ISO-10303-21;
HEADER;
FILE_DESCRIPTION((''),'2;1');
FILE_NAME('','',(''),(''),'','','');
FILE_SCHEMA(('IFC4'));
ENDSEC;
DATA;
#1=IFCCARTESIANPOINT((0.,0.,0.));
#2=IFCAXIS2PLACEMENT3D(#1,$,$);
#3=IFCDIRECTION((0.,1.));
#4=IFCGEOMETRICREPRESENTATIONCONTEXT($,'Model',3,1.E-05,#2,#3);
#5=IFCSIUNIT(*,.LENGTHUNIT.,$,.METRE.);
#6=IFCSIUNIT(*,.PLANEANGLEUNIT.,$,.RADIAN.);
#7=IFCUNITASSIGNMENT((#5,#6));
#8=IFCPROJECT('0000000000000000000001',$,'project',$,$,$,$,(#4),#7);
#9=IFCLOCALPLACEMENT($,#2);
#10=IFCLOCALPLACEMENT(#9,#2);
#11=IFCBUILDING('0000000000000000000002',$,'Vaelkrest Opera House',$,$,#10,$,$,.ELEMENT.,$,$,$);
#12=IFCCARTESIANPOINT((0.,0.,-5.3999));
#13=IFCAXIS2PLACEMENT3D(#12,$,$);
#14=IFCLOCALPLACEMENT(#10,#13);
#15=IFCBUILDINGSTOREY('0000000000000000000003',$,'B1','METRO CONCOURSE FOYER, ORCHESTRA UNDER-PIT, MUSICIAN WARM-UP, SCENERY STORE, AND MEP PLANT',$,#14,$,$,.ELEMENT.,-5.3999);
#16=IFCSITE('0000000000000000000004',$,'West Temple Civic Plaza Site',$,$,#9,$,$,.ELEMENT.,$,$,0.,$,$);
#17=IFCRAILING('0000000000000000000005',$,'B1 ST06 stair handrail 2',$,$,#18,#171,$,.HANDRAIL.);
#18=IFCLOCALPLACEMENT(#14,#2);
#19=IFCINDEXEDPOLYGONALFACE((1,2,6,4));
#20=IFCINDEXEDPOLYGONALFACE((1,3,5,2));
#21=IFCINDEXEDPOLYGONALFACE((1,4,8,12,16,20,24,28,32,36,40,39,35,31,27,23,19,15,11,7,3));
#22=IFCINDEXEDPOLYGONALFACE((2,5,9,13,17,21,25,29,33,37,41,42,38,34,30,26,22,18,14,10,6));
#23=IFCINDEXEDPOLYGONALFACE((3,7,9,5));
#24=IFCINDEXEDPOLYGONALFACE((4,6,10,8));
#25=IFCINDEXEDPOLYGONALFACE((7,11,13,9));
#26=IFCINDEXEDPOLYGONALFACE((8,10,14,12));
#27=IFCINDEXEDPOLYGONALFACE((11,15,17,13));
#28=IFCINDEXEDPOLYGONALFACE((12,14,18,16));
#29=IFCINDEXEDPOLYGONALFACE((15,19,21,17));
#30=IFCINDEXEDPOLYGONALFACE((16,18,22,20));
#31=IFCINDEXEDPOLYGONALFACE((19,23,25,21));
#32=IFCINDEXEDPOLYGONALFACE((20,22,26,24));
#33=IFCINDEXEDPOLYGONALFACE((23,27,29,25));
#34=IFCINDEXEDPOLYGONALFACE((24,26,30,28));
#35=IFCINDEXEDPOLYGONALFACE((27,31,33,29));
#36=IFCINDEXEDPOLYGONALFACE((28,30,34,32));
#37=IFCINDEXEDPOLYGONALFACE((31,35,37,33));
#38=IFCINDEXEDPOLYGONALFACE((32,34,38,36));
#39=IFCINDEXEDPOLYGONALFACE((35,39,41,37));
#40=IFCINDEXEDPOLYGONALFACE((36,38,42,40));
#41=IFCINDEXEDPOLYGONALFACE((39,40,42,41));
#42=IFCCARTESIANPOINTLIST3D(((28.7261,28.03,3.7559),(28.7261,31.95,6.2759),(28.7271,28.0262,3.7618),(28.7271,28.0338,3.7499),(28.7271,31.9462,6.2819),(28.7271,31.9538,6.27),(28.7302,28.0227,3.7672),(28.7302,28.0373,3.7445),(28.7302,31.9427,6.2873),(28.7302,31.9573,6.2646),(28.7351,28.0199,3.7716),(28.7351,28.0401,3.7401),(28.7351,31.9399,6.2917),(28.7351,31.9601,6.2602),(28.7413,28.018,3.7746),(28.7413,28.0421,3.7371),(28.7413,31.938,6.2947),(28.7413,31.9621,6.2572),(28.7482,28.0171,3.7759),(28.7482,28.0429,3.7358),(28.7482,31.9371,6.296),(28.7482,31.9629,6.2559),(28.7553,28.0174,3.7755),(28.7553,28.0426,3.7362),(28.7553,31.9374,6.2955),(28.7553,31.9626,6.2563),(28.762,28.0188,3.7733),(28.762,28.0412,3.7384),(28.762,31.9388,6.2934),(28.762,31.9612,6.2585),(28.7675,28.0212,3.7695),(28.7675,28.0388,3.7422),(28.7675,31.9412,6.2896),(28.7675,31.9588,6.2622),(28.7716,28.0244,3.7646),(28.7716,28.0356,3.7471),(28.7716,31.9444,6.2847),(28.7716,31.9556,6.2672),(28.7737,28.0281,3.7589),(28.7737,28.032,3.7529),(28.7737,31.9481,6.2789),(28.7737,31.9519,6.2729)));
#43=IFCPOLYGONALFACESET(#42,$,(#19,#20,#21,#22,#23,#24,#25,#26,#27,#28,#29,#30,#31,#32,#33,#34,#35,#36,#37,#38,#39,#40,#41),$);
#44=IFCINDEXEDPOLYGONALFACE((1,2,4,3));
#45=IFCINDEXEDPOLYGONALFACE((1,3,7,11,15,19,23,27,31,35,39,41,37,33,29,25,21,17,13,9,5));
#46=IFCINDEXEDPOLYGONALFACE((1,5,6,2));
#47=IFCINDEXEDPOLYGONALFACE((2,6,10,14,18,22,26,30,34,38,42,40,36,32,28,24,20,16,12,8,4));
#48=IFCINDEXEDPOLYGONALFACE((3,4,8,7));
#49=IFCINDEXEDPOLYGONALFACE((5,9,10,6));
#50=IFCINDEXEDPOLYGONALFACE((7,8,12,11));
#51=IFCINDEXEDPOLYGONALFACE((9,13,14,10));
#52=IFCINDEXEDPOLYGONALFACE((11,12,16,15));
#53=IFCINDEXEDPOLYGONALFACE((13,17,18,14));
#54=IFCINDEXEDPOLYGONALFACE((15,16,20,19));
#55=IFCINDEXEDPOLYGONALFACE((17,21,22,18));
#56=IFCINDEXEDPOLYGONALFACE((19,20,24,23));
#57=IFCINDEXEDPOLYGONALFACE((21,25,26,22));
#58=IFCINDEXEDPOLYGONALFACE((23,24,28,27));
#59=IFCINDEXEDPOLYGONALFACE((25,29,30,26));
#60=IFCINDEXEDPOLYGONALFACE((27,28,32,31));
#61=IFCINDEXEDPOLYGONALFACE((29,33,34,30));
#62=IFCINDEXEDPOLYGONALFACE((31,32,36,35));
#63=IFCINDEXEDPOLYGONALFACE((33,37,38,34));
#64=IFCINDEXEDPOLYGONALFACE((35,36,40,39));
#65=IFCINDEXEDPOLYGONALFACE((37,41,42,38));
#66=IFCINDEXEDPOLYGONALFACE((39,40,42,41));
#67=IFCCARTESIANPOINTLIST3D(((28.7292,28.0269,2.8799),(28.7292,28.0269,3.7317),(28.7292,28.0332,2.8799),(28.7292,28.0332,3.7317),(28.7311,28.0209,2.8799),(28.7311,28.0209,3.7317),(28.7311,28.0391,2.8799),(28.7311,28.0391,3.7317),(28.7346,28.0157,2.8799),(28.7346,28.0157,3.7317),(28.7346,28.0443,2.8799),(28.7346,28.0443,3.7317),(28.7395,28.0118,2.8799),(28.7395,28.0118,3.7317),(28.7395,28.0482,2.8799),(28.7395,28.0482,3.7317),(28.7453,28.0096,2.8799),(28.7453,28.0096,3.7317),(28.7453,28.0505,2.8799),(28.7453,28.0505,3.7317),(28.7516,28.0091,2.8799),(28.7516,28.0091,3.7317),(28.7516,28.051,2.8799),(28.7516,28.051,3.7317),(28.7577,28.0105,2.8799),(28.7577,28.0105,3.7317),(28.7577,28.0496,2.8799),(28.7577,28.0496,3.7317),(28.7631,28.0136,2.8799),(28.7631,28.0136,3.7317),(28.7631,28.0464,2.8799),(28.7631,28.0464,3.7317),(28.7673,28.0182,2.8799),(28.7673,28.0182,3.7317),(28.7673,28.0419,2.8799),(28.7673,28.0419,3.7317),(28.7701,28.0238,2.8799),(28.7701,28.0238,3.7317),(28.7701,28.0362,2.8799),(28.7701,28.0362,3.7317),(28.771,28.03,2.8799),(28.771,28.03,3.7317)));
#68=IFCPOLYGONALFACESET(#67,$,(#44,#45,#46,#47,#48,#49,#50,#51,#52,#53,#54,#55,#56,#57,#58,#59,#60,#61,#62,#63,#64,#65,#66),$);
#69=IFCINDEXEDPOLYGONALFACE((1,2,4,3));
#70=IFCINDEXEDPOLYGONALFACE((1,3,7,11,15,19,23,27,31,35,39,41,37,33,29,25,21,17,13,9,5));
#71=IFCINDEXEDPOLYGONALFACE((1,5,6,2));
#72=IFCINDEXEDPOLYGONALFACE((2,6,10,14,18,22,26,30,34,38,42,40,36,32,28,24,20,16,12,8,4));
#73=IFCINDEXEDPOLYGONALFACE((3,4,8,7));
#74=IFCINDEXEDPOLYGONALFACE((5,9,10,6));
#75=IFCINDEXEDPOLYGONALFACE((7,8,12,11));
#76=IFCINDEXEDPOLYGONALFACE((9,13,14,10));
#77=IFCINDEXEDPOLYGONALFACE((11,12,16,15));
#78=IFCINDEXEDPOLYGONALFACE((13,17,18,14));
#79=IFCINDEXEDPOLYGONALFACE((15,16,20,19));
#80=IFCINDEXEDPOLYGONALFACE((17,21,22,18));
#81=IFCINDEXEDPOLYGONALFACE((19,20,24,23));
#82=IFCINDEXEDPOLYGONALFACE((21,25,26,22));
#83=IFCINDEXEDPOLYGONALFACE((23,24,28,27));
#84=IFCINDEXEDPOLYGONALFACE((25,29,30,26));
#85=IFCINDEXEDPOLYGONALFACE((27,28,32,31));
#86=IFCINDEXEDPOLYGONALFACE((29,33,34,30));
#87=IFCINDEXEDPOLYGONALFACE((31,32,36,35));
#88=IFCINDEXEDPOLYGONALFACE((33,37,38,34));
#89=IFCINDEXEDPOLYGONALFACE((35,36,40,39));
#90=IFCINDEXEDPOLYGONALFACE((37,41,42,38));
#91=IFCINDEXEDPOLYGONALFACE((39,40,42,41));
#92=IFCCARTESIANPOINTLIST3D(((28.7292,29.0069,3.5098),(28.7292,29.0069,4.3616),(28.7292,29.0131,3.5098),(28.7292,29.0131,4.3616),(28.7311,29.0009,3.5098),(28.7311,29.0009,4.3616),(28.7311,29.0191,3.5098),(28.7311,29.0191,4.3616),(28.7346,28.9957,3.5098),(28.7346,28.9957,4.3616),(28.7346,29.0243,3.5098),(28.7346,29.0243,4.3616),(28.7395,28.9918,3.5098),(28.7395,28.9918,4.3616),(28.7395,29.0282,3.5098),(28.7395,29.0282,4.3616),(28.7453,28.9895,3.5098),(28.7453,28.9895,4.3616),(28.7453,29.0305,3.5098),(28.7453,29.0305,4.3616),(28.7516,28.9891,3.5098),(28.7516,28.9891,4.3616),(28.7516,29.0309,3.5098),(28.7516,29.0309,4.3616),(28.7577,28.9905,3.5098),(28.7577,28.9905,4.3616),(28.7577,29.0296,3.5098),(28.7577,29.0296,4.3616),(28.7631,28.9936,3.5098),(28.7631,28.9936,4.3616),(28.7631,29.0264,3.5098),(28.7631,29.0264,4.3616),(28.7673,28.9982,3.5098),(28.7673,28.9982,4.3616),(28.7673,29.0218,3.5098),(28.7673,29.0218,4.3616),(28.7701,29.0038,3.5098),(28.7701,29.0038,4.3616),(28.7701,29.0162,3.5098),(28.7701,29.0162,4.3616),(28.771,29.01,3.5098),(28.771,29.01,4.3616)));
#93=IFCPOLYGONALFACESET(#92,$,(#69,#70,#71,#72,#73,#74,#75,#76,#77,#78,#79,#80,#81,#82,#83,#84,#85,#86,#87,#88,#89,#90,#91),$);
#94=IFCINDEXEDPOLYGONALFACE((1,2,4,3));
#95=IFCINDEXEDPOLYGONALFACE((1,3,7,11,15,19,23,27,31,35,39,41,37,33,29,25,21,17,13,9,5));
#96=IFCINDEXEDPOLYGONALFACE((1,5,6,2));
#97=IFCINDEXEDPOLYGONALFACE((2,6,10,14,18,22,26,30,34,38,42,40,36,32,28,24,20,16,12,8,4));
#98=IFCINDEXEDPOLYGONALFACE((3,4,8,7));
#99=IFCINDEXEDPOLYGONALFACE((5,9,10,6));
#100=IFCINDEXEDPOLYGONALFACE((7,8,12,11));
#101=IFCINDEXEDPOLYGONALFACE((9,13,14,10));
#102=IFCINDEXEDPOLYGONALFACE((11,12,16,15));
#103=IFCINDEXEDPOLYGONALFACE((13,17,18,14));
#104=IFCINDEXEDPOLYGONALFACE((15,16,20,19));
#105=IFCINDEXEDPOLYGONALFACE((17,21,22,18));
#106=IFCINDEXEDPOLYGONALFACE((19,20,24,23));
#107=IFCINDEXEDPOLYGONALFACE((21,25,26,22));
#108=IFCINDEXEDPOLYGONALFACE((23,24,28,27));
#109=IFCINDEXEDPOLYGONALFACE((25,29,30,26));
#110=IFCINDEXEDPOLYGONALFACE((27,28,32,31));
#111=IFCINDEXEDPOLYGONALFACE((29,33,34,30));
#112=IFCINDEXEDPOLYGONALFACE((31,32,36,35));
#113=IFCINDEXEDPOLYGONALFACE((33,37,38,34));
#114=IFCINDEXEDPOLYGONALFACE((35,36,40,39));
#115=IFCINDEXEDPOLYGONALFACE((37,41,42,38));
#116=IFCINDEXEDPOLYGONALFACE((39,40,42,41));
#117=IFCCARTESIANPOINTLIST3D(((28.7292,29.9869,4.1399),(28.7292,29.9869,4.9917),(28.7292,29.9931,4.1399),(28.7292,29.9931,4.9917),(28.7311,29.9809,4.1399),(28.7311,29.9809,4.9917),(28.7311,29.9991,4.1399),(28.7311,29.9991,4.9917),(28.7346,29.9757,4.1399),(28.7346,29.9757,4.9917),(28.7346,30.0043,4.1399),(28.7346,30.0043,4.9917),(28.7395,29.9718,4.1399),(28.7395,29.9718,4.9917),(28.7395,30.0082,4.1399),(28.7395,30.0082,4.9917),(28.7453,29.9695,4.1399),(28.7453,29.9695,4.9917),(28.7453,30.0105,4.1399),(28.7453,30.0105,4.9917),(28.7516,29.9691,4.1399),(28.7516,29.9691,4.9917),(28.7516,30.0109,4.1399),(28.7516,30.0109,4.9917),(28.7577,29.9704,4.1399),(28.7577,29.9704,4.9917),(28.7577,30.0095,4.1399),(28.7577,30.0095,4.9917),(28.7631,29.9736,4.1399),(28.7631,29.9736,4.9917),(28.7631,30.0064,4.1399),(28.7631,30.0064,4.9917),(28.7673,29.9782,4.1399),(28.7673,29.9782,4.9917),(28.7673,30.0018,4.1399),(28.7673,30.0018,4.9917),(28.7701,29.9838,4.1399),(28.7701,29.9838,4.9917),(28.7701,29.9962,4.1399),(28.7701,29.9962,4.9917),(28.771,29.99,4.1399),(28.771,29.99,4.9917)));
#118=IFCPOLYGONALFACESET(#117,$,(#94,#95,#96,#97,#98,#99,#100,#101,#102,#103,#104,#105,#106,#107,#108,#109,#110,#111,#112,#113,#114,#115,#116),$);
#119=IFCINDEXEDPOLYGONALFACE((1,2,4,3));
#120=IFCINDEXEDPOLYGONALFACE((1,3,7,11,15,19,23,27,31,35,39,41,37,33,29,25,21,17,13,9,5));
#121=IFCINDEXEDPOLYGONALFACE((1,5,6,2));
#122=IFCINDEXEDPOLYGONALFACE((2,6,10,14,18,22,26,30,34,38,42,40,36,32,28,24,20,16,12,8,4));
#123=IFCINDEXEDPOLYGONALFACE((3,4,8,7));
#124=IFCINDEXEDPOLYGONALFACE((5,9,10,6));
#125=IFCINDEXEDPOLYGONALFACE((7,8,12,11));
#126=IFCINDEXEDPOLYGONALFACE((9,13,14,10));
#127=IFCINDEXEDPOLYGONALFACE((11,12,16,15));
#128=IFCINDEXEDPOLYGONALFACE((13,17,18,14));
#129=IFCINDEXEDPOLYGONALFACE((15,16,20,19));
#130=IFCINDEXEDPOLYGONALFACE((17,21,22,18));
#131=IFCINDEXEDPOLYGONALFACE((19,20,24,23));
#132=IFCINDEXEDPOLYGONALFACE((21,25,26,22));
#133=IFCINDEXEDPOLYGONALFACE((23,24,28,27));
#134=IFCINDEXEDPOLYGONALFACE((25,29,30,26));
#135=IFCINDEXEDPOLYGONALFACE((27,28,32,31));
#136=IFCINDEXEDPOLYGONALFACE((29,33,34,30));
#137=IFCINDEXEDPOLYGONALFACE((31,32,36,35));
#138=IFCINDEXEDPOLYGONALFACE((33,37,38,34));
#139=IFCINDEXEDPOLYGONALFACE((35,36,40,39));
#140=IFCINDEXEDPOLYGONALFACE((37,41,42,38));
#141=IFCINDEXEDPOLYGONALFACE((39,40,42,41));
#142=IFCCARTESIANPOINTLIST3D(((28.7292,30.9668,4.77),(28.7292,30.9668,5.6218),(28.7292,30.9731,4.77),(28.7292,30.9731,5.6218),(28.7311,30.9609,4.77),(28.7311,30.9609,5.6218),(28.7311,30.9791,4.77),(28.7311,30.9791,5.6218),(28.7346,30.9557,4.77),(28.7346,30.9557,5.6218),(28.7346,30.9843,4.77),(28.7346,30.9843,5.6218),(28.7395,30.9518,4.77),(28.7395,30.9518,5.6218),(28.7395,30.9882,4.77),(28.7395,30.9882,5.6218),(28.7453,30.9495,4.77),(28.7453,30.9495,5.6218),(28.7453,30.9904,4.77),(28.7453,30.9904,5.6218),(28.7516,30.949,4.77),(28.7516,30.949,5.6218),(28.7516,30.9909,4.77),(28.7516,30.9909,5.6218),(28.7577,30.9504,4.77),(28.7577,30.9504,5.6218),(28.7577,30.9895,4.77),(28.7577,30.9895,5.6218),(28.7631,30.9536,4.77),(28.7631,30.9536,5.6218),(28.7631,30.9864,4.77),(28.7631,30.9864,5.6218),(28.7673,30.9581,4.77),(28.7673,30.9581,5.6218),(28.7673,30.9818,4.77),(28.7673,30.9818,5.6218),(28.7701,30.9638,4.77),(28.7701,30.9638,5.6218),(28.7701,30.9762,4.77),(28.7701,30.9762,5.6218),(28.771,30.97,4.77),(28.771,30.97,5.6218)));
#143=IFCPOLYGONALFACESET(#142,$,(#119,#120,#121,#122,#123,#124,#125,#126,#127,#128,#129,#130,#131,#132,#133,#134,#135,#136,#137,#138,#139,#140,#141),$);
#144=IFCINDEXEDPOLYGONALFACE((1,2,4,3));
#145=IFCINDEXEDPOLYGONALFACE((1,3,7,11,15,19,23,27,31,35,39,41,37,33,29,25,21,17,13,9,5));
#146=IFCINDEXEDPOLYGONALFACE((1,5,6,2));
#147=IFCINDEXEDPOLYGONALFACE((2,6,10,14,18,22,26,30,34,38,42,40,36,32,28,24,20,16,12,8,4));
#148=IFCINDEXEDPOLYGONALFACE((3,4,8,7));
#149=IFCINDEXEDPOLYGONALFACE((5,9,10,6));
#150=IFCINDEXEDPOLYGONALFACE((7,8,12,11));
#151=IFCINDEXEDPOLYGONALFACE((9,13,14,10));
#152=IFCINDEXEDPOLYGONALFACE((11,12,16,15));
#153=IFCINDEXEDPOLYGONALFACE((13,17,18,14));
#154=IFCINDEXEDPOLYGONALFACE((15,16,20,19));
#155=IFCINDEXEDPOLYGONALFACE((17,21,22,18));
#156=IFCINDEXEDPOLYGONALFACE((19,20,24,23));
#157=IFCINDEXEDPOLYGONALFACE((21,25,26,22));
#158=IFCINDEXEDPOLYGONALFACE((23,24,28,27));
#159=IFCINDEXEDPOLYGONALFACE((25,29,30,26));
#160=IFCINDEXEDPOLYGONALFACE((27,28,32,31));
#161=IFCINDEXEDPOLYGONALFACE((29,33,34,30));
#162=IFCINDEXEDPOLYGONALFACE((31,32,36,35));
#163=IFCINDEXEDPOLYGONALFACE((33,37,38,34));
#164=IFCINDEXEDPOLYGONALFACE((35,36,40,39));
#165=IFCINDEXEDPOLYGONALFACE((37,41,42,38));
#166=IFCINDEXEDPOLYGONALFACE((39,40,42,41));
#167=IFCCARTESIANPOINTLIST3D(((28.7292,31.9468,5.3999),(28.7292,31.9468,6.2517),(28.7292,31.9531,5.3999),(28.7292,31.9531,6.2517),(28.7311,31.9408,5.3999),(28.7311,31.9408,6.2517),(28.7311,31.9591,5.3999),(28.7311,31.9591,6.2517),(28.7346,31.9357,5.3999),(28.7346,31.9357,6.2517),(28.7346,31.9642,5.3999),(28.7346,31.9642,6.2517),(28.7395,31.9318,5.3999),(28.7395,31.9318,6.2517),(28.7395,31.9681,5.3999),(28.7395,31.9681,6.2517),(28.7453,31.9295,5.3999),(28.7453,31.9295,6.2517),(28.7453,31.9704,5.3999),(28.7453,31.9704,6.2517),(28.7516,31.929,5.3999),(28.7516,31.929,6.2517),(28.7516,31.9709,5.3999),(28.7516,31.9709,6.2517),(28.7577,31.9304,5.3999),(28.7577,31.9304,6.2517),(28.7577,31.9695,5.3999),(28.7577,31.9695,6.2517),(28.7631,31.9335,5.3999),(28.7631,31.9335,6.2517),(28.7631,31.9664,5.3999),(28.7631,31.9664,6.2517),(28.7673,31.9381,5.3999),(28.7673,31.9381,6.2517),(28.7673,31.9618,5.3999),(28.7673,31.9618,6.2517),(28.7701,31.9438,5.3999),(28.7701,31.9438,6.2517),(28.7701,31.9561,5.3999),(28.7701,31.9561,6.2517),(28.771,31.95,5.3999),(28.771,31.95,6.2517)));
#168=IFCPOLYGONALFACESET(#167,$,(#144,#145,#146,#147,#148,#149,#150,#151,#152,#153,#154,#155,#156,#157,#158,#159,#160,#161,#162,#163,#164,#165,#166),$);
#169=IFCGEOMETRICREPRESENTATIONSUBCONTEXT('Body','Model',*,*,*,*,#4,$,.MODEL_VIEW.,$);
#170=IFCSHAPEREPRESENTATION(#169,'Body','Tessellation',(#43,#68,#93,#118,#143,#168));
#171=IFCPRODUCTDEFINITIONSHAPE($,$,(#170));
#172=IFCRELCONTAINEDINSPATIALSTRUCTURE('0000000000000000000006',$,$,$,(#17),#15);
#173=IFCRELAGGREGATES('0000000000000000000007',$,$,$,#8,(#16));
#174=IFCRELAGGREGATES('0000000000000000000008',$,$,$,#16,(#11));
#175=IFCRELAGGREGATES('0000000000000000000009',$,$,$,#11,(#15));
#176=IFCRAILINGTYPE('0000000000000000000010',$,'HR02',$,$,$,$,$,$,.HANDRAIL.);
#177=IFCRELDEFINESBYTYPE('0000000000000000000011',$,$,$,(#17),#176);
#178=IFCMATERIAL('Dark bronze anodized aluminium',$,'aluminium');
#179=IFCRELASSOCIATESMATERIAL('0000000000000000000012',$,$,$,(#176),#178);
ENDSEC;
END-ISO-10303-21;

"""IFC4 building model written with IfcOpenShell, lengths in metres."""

from ifc_helpers import new_model, si_unit, direction, frame, origin, origin_2d, place, context, subcontext, project, spatial, circle, extrude, material, type_object, element, save


model = new_model("IFC4")

# Units and contexts
model_context = context("Model", 3, precision=1e-05, world=origin(), true_north=direction((0.0, 1.0)))
body_context = subcontext(model_context, "Body", "Model", "MODEL_VIEW")
ifc_project = project(units=[si_unit("LENGTHUNIT", "METRE"), si_unit("PLANEANGLEUNIT", "RADIAN")], contexts=[model_context])

# Site, building, storey
site_placement = place(None, origin())
site = spatial("IfcSite", under=ifc_project, at=site_placement, Name="West Temple Civic Plaza Site", CompositionType="ELEMENT", RefElevation=0.0)
building_placement = place(site_placement, origin())
building = spatial("IfcBuilding", under=site, at=building_placement, Name="Vaelkrest Opera House", CompositionType="ELEMENT")
storey_placement = place(building_placement, frame((0.0, 0.0, -5.3999)))
storey = spatial("IfcBuildingStorey", under=building, at=storey_placement, Name="B1", Description="METRO CONCOURSE FOYER, ORCHESTRA UNDER-PIT, MUSICIAN WARM-UP, SCENERY STORE, AND MEP PLANT", CompositionType="ELEMENT", Elevation=-5.3999)

# Railing
ifc_material_1 = material(Name="Dark bronze anodized aluminium", Category="aluminium")
railing_type_1 = type_object("IfcRailingType", Name="HR02", PredefinedType="HANDRAIL", material=ifc_material_1)
railing_1_placement = place(storey_placement, frame((28.75, 28.03, 2.8799)))
element("IfcRailing", 1, at=railing_1_placement, inside=storey, type_object=railing_type_1, Name="B1 ST06 stair handrail 2", PredefinedType="HANDRAIL", context=body_context, shape_type="SweptSolid", body=[
    extrude(circle(Radius=0.0239, at=origin_2d()), frame((0.0, 0.0, 0.876), z_axis=(0.0, 0.841172, 0.540768), x_axis=(-1.0, 0.0, 0.0)), (0.0, 0.0, 1.0), 4.6602),
    extrude(circle(Radius=0.021, at=origin_2d()), origin(), (0.0, 0.0, 1.0), 0.8518),
    extrude(circle(Radius=0.021, at=origin_2d()), frame((0.0, 0.98, 0.6299)), (0.0, 0.0, 1.0), 0.8518),
    extrude(circle(Radius=0.021, at=origin_2d()), frame((0.0, 1.96, 1.26)), (0.0, 0.0, 1.0), 0.8518),
    extrude(circle(Radius=0.021, at=origin_2d()), frame((0.0, 2.9399, 1.8901)), (0.0, 0.0, 1.0), 0.8518),
    extrude(circle(Radius=0.021, at=origin_2d()), frame((0.0, 3.9199, 2.52)), (0.0, 0.0, 1.0), 0.8518),
])

save(model, "model.ifc")
